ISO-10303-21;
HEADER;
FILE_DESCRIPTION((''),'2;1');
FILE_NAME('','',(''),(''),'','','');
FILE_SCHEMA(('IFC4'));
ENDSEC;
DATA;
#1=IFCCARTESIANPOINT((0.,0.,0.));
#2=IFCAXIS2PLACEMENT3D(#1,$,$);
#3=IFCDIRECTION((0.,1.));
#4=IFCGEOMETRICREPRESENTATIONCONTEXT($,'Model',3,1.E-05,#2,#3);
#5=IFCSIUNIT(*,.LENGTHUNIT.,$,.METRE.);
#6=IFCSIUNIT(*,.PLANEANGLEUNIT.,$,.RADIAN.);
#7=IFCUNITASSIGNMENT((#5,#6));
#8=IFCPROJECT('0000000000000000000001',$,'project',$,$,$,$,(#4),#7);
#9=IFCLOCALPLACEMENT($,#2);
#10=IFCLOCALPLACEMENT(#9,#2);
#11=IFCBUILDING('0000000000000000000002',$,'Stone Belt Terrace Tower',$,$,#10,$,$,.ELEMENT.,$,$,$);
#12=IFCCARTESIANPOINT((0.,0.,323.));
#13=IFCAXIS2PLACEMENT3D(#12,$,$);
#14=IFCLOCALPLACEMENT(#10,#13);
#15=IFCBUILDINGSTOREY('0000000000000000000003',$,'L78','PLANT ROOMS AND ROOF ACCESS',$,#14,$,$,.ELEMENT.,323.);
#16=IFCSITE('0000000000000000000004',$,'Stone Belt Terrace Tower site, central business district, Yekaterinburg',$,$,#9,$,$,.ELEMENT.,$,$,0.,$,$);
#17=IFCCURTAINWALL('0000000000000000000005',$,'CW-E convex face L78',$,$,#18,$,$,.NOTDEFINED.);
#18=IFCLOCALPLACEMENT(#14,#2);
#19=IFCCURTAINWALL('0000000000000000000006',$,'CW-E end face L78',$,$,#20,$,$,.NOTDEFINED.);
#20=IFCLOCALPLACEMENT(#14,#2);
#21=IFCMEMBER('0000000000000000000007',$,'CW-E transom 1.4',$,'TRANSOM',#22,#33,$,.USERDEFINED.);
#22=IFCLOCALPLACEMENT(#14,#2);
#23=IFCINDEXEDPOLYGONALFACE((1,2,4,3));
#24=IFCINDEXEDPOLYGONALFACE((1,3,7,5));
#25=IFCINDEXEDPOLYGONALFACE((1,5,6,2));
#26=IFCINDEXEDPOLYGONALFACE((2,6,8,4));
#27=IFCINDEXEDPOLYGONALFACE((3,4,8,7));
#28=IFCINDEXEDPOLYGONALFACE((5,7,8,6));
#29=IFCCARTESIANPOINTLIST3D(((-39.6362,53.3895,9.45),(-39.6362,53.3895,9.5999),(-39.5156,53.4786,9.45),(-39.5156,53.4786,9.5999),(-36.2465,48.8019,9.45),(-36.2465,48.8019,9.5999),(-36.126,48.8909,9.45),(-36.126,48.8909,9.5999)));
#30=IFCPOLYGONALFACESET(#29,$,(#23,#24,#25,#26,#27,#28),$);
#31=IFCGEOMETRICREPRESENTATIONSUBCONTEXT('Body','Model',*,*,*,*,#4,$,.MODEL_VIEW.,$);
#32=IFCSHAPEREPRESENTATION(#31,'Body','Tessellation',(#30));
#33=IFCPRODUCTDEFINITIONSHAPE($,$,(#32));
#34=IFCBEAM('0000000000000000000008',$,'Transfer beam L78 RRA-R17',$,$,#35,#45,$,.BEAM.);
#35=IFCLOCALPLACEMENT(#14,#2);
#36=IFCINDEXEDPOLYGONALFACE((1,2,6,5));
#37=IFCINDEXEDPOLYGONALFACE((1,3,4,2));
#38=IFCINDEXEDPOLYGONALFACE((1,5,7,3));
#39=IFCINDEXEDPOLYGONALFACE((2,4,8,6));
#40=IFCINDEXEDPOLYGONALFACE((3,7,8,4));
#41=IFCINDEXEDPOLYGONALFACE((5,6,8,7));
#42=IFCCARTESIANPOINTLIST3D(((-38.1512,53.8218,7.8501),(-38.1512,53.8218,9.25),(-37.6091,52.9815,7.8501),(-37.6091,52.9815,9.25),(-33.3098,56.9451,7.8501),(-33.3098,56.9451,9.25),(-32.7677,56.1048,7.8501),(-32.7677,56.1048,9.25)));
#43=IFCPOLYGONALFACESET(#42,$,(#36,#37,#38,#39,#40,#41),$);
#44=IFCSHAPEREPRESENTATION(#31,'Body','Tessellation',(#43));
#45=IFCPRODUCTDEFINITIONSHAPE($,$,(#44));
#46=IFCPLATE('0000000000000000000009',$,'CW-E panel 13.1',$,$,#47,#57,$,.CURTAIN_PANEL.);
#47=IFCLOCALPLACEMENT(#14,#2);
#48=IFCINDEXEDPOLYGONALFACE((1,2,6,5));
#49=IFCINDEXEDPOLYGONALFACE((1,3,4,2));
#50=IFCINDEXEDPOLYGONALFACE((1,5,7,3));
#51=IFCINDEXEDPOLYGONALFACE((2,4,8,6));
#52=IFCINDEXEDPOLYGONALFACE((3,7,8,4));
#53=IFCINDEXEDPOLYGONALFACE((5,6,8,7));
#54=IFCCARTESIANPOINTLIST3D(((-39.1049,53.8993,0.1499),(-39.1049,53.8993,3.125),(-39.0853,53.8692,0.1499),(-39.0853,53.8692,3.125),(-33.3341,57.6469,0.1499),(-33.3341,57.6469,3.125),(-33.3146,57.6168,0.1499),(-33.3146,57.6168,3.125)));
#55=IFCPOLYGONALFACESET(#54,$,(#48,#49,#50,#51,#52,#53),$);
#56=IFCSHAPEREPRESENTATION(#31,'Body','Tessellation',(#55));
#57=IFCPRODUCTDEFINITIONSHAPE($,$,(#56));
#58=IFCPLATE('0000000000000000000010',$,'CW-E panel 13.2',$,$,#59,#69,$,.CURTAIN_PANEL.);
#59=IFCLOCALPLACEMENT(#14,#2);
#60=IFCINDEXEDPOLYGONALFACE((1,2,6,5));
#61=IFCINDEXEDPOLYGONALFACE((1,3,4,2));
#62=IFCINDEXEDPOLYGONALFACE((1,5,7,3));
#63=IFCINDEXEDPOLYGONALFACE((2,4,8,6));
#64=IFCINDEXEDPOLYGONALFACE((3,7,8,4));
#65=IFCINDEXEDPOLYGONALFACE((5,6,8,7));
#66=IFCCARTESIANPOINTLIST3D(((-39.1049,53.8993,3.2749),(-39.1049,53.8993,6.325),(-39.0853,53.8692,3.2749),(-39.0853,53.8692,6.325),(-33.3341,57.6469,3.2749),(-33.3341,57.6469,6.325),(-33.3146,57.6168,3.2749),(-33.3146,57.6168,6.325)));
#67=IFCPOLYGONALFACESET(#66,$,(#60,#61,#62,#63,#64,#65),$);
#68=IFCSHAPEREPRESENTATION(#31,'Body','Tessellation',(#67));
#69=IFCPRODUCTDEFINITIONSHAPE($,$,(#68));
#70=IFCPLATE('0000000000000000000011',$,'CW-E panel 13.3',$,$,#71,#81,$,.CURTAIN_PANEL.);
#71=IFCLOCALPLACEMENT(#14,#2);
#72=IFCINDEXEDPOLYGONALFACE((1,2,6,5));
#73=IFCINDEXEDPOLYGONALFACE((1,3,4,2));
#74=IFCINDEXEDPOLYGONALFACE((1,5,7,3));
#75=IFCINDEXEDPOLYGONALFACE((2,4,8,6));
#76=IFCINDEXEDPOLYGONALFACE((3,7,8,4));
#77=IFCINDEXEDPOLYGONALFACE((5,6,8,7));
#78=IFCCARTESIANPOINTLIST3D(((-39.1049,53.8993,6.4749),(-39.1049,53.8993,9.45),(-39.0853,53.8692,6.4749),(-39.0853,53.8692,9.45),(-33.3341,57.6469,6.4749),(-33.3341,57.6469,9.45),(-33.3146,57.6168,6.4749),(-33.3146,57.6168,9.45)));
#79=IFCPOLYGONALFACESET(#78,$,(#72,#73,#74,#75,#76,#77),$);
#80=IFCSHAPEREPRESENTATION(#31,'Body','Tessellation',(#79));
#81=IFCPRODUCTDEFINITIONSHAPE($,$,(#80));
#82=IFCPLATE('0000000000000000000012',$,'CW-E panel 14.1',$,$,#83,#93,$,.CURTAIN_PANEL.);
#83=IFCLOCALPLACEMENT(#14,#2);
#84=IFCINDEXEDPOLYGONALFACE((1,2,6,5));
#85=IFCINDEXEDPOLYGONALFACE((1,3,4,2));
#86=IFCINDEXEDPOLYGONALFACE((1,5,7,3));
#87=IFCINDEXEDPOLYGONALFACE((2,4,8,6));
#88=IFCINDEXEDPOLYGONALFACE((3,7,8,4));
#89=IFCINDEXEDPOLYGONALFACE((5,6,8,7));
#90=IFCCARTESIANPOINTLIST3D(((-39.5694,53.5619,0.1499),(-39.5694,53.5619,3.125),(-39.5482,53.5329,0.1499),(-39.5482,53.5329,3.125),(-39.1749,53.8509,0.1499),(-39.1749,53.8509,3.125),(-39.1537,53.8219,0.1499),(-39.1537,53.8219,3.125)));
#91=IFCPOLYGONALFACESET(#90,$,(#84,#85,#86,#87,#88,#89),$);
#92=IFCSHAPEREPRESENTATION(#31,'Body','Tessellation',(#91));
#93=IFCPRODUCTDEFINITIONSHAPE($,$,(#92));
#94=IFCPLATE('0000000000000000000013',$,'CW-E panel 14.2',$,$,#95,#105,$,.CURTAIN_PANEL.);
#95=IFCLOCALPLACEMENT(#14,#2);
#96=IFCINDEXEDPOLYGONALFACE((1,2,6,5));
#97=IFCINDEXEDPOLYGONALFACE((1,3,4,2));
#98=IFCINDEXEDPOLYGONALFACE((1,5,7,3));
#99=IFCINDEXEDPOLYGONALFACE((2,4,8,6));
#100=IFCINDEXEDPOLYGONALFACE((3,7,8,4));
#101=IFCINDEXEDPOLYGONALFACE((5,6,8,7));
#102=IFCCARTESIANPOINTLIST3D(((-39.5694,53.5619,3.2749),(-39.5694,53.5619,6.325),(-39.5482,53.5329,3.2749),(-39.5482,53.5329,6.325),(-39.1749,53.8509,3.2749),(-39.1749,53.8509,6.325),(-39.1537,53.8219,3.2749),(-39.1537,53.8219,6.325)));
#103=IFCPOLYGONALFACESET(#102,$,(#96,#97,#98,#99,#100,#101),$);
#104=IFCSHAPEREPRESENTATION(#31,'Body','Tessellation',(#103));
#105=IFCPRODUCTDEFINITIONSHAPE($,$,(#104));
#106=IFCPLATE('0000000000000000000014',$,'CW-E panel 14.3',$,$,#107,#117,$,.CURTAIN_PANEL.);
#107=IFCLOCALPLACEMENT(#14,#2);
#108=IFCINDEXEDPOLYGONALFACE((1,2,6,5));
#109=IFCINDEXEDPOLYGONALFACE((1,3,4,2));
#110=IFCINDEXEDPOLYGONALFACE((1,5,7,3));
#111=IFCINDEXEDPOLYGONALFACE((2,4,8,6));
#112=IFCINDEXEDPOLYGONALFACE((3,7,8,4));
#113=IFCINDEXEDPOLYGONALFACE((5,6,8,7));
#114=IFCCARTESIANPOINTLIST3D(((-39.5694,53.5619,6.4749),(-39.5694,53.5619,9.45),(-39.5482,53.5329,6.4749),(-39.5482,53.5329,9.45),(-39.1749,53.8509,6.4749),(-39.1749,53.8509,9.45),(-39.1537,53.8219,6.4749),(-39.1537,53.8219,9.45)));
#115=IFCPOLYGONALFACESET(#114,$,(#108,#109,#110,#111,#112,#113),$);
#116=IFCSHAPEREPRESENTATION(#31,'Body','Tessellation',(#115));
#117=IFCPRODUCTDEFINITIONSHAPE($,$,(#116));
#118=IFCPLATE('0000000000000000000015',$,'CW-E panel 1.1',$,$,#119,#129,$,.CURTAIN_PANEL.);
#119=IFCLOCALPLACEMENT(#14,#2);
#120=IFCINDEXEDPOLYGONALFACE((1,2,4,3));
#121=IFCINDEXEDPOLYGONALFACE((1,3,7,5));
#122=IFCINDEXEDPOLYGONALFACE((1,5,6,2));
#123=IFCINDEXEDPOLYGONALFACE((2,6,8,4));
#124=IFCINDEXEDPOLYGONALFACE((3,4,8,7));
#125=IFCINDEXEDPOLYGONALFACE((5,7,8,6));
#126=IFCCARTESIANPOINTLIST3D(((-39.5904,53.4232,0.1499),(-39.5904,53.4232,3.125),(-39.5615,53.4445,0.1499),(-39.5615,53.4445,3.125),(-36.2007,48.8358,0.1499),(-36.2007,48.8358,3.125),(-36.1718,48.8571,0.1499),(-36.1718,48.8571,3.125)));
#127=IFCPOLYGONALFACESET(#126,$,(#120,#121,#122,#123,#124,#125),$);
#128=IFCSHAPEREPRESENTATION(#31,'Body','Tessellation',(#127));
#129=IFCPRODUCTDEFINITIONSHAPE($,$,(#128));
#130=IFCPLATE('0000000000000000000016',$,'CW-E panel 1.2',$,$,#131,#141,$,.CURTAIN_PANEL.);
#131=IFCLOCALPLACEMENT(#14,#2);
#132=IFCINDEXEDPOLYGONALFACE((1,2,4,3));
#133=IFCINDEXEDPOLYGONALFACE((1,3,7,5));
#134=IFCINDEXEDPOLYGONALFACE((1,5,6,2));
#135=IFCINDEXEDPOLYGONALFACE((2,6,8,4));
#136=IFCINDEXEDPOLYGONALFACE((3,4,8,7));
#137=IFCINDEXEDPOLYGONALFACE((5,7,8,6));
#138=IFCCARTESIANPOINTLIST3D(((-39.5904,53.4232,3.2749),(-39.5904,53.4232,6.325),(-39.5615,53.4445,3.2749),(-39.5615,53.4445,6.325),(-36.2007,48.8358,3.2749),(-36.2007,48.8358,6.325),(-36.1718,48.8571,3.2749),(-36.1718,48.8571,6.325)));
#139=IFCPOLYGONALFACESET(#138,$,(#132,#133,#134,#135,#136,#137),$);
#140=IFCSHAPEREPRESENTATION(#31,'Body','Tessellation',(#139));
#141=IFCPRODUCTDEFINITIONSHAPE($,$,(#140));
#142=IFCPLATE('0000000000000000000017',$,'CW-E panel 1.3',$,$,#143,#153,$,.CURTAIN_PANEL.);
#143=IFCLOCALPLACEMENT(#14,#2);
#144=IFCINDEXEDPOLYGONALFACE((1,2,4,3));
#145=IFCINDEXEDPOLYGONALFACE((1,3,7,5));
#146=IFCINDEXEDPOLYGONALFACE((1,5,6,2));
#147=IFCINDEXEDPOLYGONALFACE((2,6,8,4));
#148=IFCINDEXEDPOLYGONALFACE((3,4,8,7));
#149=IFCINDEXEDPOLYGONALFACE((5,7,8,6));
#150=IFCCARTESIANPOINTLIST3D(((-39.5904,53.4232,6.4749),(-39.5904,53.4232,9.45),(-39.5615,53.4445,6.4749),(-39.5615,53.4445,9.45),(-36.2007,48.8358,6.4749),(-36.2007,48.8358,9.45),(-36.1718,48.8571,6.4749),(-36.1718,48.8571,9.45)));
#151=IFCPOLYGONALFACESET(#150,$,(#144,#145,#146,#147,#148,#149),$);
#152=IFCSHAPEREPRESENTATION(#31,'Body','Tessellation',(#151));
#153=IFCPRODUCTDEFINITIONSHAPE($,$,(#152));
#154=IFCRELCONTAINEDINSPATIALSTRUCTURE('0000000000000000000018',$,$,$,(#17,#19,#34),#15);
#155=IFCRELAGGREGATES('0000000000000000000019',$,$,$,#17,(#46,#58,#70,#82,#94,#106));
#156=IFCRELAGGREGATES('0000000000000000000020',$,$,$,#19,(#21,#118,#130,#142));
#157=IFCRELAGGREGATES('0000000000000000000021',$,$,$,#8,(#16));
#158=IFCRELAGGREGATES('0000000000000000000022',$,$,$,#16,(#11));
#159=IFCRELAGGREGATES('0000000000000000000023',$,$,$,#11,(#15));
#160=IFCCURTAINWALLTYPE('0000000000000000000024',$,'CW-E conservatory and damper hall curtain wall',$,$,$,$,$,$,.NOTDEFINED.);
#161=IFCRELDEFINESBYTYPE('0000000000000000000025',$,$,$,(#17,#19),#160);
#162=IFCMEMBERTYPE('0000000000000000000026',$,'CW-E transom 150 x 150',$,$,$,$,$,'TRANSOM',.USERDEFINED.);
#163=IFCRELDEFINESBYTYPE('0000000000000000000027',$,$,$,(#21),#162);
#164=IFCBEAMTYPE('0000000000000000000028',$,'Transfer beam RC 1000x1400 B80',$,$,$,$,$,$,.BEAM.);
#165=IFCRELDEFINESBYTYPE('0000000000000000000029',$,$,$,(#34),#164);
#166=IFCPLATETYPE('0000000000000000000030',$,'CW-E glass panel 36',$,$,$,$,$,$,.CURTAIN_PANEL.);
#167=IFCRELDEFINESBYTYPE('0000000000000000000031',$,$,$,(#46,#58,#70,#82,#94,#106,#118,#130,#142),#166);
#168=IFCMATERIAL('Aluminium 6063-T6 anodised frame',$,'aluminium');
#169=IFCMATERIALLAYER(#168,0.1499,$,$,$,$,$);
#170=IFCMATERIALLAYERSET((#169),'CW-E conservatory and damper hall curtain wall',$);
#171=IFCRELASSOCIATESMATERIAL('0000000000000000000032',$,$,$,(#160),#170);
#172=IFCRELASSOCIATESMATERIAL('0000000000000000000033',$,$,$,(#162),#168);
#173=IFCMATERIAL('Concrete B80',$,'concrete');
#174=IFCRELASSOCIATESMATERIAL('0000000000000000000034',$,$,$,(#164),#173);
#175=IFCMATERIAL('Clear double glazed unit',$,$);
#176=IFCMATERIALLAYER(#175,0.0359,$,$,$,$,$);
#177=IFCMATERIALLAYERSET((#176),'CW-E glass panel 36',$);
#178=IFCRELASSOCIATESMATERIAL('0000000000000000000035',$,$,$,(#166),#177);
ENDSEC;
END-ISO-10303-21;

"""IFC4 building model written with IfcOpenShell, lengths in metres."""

from ifc_helpers import new_model, si_unit, direction, frame, origin, origin_2d, place, context, subcontext, project, spatial, rectangle, extrude, material, layer, layer_set, material_profile, profile_set, type_object, element, aggregate, save


model = new_model("IFC4")

# Units and contexts
model_context = context("Model", 3, precision=1e-05, world=origin(), true_north=direction((0.0, 1.0)))
body_context = subcontext(model_context, "Body", "Model", "MODEL_VIEW")
ifc_project = project(units=[si_unit("LENGTHUNIT", "METRE"), si_unit("PLANEANGLEUNIT", "RADIAN")], contexts=[model_context])

# Site, building, storey
site_placement = place(None, origin())
site = spatial("IfcSite", under=ifc_project, at=site_placement, Name="Stone Belt Terrace Tower site, central business district, Yekaterinburg", CompositionType="ELEMENT", RefElevation=0.0)
building_placement = place(site_placement, origin())
building = spatial("IfcBuilding", under=site, at=building_placement, Name="Stone Belt Terrace Tower", CompositionType="ELEMENT")
storey_placement = place(building_placement, frame((0.0, 0.0, 323.0)))
storey = spatial("IfcBuildingStorey", under=building, at=storey_placement, Name="L78", Description="PLANT ROOMS AND ROOF ACCESS", CompositionType="ELEMENT", Elevation=323.0)

# Curtain walls
ifc_material_1 = material(Name="Aluminium 6063-T6 anodised frame", Category="aluminium")
ifc_layer_1 = layer(ifc_material_1, 0.1499)
ifc_layer_set_1 = layer_set([ifc_layer_1], Name="CW-E conservatory and damper hall curtain wall")
curtain_wall_type = type_object("IfcCurtainWallType", Name="CW-E conservatory and damper hall curtain wall", PredefinedType="NOTDEFINED", material=ifc_layer_set_1)
curtain_wall_1_placement = place(storey_placement, origin())
curtain_wall_1 = element("IfcCurtainWall", 1, at=curtain_wall_1_placement, inside=storey, type_object=curtain_wall_type, Name="CW-E convex face L78", PredefinedType="NOTDEFINED")
curtain_wall_2_placement = place(storey_placement, origin())
curtain_wall_2 = element("IfcCurtainWall", 2, at=curtain_wall_2_placement, inside=storey, type_object=curtain_wall_type, Name="CW-E end face L78", PredefinedType="NOTDEFINED")

# Member
ifc_material_profile_1 = material_profile(ifc_material_1, rectangle(XDim=0.1499, YDim=0.1499, at=origin_2d()), Name="Aluminium 6063-T6 150x150")
ifc_profile_set_1 = profile_set([ifc_material_profile_1], Name="Aluminium 6063-T6 anodised frame")
member_type_1 = type_object("IfcMemberType", Name="CW-E transom 150 x 150", ElementType="TRANSOM", PredefinedType="USERDEFINED", material=ifc_profile_set_1)
member_1_placement = place(storey_placement, frame((-39.5759, 53.4341, 9.5249), z_axis=(0.594253, -0.804278, 0.0), x_axis=(0.804278, 0.594253, 0.0)))
member_1 = element("IfcMember", 3, at=member_1_placement, type_object=member_type_1, Name="CW-E transom 1.4", ObjectType="TRANSOM", PredefinedType="USERDEFINED", context=body_context, shape_type="SweptSolid", body=[
    extrude(rectangle(XDim=0.1499, YDim=0.1499, at=origin_2d()), origin(), (0.0, 0.0, 1.0), 5.7041),
])

# Beam
ifc_material_2 = material(Name="Concrete B80", Category="concrete")
ifc_material_profile_2 = material_profile(ifc_material_2, rectangle(XDim=1.0, YDim=1.3999, at=origin_2d()), Name="RC 1000x1400")
ifc_profile_set_2 = profile_set([ifc_material_profile_2], Name="Concrete B80")
beam_type = type_object("IfcBeamType", Name="Transfer beam RC 1000x1400 B80", PredefinedType="BEAM", material=ifc_profile_set_2)
beam_placement = place(storey_placement, frame((-37.8801, 53.4016, 8.55), z_axis=(0.840307, 0.54211, 0.0), x_axis=(-0.54211, 0.840307, 0.0)))
element("IfcBeam", 4, at=beam_placement, inside=storey, type_object=beam_type, Name="Transfer beam L78 RRA-R17", PredefinedType="BEAM", context=body_context, shape_type="SweptSolid", body=[
    extrude(rectangle(XDim=1.0, YDim=1.3999, at=origin_2d()), origin(), (0.0, 0.0, 1.0), 5.7615),
])

# Plates
ifc_material_3 = material(Name="Clear double glazed unit")
ifc_layer_2 = layer(ifc_material_3, 0.0359)
ifc_layer_set_2 = layer_set([ifc_layer_2], Name="CW-E glass panel 36")
plate_type = type_object("IfcPlateType", Name="CW-E glass panel 36", PredefinedType="CURTAIN_PANEL", material=ifc_layer_set_2)
plate_1_placement = place(storey_placement, frame((-36.2097, 55.7581, 0.1499), z_axis=(0.0, 0.0, 1.0), x_axis=(-0.838671, -0.544639, 0.0)))
plate_1 = element("IfcPlate", 5, at=plate_1_placement, type_object=plate_type, Name="CW-E panel 13.1", PredefinedType="CURTAIN_PANEL", context=body_context, shape_type="SweptSolid", body=[
    extrude(rectangle(XDim=6.8809, YDim=0.0359, at=origin_2d()), origin(), (0.0, 0.0, 1.0), 2.9751),
])
plate_2_placement = place(storey_placement, frame((-36.2097, 55.7581, 3.2749), z_axis=(0.0, 0.0, 1.0), x_axis=(-0.838671, -0.544639, 0.0)))
plate_2 = element("IfcPlate", 6, at=plate_2_placement, type_object=plate_type, Name="CW-E panel 13.2", PredefinedType="CURTAIN_PANEL", context=body_context, shape_type="SweptSolid", body=[
    extrude(rectangle(XDim=6.8809, YDim=0.0359, at=origin_2d()), origin(), (0.0, 0.0, 1.0), 3.05),
])
plate_3_placement = place(storey_placement, frame((-36.2097, 55.7581, 6.4749), z_axis=(0.0, 0.0, 1.0), x_axis=(-0.838671, -0.544639, 0.0)))
plate_3 = element("IfcPlate", 7, at=plate_3_placement, type_object=plate_type, Name="CW-E panel 13.3", PredefinedType="CURTAIN_PANEL", context=body_context, shape_type="SweptSolid", body=[
    extrude(rectangle(XDim=6.8809, YDim=0.0359, at=origin_2d()), origin(), (0.0, 0.0, 1.0), 2.9751),
])
plate_4_placement = place(storey_placement, frame((-39.3616, 53.6919, 0.1499), z_axis=(0.0, 0.0, 1.0), x_axis=(-0.806646, -0.591035, 0.0)))
plate_4 = element("IfcPlate", 8, at=plate_4_placement, type_object=plate_type, Name="CW-E panel 14.1", PredefinedType="CURTAIN_PANEL", context=body_context, shape_type="SweptSolid", body=[
    extrude(rectangle(XDim=0.489, YDim=0.0359, at=origin_2d()), origin(), (0.0, 0.0, 1.0), 2.9751),
])
plate_5_placement = place(storey_placement, frame((-39.3616, 53.6919, 3.2749), z_axis=(0.0, 0.0, 1.0), x_axis=(-0.806646, -0.591035, 0.0)))
plate_5 = element("IfcPlate", 9, at=plate_5_placement, type_object=plate_type, Name="CW-E panel 14.2", PredefinedType="CURTAIN_PANEL", context=body_context, shape_type="SweptSolid", body=[
    extrude(rectangle(XDim=0.489, YDim=0.0359, at=origin_2d()), origin(), (0.0, 0.0, 1.0), 3.05),
])
plate_6_placement = place(storey_placement, frame((-39.3616, 53.6919, 6.4749), z_axis=(0.0, 0.0, 1.0), x_axis=(-0.806646, -0.591035, 0.0)))
plate_6 = element("IfcPlate", 10, at=plate_6_placement, type_object=plate_type, Name="CW-E panel 14.3", PredefinedType="CURTAIN_PANEL", context=body_context, shape_type="SweptSolid", body=[
    extrude(rectangle(XDim=0.489, YDim=0.0359, at=origin_2d()), origin(), (0.0, 0.0, 1.0), 2.9751),
])
aggregate(curtain_wall_1, [plate_1, plate_2, plate_3, plate_4, plate_5, plate_6])
plate_7_placement = place(storey_placement, frame((-37.8811, 51.1401, 0.1499), z_axis=(0.0, 0.0, 1.0), x_axis=(0.594275, -0.804262, 0.0)))
plate_7 = element("IfcPlate", 11, at=plate_7_placement, type_object=plate_type, Name="CW-E panel 1.1", PredefinedType="CURTAIN_PANEL", context=body_context, shape_type="SweptSolid", body=[
    extrude(rectangle(XDim=5.7039, YDim=0.0359, at=origin_2d()), origin(), (0.0, 0.0, 1.0), 2.9751),
])
plate_8_placement = place(storey_placement, frame((-37.8811, 51.1401, 3.2749), z_axis=(0.0, 0.0, 1.0), x_axis=(0.594275, -0.804262, 0.0)))
plate_8 = element("IfcPlate", 12, at=plate_8_placement, type_object=plate_type, Name="CW-E panel 1.2", PredefinedType="CURTAIN_PANEL", context=body_context, shape_type="SweptSolid", body=[
    extrude(rectangle(XDim=5.7039, YDim=0.0359, at=origin_2d()), origin(), (0.0, 0.0, 1.0), 3.05),
])
plate_9_placement = place(storey_placement, frame((-37.8811, 51.1401, 6.4749), z_axis=(0.0, 0.0, 1.0), x_axis=(0.594275, -0.804262, 0.0)))
plate_9 = element("IfcPlate", 13, at=plate_9_placement, type_object=plate_type, Name="CW-E panel 1.3", PredefinedType="CURTAIN_PANEL", context=body_context, shape_type="SweptSolid", body=[
    extrude(rectangle(XDim=5.7039, YDim=0.0359, at=origin_2d()), origin(), (0.0, 0.0, 1.0), 2.9751),
])
aggregate(curtain_wall_2, [member_1, plate_7, plate_8, plate_9])

save(model, "model.ifc")
